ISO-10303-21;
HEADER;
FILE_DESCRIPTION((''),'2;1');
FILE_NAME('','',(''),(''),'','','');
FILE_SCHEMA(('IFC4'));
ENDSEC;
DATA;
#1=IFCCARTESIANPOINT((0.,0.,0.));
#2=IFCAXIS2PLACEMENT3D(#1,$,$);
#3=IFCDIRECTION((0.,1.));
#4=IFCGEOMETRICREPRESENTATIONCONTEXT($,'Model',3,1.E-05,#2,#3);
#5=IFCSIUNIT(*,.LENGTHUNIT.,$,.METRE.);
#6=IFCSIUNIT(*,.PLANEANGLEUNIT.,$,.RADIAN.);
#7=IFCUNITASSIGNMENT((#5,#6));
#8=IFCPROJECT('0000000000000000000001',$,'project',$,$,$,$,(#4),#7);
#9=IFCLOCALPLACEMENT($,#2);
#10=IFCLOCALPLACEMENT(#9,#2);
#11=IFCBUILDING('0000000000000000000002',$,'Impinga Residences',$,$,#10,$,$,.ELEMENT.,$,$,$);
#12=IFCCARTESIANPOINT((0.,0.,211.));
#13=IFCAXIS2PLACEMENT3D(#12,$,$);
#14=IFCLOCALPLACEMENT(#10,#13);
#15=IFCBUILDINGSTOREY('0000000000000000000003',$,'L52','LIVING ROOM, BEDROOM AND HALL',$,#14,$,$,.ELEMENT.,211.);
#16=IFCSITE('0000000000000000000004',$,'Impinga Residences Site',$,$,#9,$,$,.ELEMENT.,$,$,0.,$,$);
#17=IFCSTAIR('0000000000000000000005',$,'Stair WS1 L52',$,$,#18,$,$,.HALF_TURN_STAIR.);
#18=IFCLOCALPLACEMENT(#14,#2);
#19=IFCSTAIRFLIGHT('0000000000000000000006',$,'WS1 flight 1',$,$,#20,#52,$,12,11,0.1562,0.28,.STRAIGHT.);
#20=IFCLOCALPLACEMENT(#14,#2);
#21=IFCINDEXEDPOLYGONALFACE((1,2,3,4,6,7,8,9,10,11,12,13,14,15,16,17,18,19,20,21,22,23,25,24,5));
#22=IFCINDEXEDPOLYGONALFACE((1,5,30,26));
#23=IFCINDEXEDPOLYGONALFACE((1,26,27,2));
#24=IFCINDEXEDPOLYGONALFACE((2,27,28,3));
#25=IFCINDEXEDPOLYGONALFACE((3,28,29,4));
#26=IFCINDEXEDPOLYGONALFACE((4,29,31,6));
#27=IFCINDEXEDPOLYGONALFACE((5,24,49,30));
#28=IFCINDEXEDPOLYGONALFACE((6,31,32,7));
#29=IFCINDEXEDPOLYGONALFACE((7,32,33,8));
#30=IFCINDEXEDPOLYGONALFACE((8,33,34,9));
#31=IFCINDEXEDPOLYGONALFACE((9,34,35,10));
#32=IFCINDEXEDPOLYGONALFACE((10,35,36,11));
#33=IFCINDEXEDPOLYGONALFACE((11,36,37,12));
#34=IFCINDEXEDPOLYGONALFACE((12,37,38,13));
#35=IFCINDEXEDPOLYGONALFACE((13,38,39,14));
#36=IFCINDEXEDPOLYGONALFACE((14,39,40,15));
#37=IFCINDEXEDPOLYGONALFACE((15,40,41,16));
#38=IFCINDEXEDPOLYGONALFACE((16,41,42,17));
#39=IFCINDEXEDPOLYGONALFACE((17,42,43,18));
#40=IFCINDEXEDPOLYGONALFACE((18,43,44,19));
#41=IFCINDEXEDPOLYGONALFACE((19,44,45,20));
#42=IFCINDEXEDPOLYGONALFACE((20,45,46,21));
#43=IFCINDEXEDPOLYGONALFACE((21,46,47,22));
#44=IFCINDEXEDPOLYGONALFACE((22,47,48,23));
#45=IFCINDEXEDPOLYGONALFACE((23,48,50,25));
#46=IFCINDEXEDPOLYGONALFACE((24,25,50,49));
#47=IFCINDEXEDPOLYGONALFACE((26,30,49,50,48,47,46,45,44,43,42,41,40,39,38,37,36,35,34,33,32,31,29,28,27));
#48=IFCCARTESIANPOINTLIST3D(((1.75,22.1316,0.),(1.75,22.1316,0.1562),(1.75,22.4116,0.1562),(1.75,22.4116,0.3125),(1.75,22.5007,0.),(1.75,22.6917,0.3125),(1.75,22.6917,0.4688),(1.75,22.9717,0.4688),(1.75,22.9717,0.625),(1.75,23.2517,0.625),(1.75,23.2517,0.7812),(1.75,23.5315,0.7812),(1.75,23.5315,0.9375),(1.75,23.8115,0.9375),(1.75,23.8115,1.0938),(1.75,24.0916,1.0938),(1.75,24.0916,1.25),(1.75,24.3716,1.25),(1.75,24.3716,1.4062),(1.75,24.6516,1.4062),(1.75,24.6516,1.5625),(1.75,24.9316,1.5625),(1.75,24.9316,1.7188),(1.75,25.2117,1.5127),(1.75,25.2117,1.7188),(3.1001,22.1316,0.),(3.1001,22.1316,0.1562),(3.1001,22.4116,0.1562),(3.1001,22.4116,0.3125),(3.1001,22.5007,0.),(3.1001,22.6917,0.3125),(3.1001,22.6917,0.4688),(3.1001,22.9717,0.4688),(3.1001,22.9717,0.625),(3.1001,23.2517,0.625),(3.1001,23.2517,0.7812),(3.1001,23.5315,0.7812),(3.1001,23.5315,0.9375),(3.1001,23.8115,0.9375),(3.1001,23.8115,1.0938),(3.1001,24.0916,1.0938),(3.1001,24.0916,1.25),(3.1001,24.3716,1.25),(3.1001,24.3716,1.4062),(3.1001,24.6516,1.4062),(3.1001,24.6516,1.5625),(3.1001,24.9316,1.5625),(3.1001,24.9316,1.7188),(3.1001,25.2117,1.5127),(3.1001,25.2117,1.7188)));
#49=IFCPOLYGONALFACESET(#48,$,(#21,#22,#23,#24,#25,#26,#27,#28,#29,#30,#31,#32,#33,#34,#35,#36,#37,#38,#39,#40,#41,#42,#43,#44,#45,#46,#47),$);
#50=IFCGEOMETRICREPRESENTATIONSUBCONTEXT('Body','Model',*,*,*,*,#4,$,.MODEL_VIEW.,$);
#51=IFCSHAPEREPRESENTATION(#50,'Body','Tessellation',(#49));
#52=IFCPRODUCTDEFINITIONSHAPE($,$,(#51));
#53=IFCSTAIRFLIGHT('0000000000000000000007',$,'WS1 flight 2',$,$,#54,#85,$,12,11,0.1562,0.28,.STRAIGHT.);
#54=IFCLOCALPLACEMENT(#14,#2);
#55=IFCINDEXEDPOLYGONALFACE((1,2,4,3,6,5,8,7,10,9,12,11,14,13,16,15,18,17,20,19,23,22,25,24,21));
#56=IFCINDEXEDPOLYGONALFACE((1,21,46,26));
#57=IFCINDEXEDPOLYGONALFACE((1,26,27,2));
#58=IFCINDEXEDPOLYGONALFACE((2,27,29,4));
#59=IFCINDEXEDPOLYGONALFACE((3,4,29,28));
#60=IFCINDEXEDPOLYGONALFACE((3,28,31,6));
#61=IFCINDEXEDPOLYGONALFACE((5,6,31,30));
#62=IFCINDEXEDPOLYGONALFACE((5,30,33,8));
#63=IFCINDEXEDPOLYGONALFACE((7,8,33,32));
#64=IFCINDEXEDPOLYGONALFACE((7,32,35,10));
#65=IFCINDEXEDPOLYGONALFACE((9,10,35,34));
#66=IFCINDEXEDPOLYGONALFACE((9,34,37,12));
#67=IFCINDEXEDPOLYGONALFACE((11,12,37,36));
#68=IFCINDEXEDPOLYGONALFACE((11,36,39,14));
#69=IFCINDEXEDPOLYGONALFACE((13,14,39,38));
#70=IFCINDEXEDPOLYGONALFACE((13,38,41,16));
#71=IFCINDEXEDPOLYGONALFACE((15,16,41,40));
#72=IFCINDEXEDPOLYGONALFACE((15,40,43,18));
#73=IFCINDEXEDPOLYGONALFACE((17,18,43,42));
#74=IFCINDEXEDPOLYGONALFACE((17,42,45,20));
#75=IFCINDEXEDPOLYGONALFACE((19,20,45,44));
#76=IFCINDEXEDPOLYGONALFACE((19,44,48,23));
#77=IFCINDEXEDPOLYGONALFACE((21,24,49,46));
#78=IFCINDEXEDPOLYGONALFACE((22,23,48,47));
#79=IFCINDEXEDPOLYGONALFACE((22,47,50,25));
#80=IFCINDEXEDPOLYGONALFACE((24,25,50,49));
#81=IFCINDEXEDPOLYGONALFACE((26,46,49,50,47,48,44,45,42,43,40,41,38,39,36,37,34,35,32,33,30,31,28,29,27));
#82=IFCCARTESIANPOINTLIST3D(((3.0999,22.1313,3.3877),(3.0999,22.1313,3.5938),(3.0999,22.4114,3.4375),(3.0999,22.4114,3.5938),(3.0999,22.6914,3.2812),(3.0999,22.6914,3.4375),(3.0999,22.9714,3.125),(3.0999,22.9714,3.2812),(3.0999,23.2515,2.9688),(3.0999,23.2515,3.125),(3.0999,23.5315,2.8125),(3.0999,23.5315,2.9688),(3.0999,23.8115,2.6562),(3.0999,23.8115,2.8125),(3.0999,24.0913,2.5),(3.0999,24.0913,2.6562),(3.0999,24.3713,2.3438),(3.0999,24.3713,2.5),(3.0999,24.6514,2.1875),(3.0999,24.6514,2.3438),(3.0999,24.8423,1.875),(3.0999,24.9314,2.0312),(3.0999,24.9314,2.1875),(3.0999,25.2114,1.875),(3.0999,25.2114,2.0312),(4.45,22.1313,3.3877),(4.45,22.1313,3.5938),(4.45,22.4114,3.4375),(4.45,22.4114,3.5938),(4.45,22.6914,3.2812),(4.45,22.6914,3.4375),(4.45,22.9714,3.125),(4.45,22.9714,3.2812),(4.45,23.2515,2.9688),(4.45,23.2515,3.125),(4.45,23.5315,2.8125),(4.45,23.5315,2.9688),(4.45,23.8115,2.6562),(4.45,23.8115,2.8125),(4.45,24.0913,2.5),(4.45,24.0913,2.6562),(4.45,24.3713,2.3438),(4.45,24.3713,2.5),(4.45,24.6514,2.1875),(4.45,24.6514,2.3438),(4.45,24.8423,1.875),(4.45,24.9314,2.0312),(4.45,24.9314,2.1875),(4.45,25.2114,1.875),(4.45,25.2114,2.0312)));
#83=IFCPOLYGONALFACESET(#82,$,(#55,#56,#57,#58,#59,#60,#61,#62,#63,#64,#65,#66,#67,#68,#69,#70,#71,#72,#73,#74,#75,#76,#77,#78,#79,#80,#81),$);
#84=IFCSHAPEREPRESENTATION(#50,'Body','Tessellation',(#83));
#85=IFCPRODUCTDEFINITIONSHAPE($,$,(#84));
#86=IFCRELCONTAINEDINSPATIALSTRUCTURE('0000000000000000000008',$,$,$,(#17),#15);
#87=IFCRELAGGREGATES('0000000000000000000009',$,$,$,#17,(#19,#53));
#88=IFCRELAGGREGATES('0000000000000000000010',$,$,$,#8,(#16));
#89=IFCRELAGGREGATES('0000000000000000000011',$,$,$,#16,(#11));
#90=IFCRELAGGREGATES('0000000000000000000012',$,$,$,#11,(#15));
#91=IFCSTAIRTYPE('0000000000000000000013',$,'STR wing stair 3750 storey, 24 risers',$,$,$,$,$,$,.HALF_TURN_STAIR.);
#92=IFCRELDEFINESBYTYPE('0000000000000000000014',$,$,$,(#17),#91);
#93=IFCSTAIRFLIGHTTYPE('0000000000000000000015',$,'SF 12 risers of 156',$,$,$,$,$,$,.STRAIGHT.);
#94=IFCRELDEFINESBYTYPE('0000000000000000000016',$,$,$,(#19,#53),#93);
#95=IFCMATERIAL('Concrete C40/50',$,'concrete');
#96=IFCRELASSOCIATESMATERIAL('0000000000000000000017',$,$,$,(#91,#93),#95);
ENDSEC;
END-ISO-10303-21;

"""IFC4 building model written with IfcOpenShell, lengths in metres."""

from ifc_helpers import new_model, si_unit, direction, frame, origin, place, context, subcontext, project, spatial, polyline, outline, extrude, material, type_object, element, aggregate, save


model = new_model("IFC4")

# Units and contexts
model_context = context("Model", 3, precision=1e-05, world=origin(), true_north=direction((0.0, 1.0)))
body_context = subcontext(model_context, "Body", "Model", "MODEL_VIEW")
ifc_project = project(units=[si_unit("LENGTHUNIT", "METRE"), si_unit("PLANEANGLEUNIT", "RADIAN")], contexts=[model_context])

# Site, building, storey
site_placement = place(None, origin())
site = spatial("IfcSite", under=ifc_project, at=site_placement, Name="Impinga Residences Site", CompositionType="ELEMENT", RefElevation=0.0)
building_placement = place(site_placement, origin())
building = spatial("IfcBuilding", under=site, at=building_placement, Name="Impinga Residences", CompositionType="ELEMENT")
storey_placement = place(building_placement, frame((0.0, 0.0, 211.0)))
storey = spatial("IfcBuildingStorey", under=building, at=storey_placement, Name="L52", Description="LIVING ROOM, BEDROOM AND HALL", CompositionType="ELEMENT", Elevation=211.0)

# Stair, stair flights
ifc_material_1 = material(Name="Concrete C40/50", Category="concrete")
stair_type = type_object("IfcStairType", Name="STR wing stair 3750 storey, 24 risers", PredefinedType="HALF_TURN_STAIR", material=ifc_material_1)
stair_placement = place(storey_placement, origin())
stair = element("IfcStair", 1, at=stair_placement, inside=storey, type_object=stair_type, Name="Stair WS1 L52", PredefinedType="HALF_TURN_STAIR")
stair_flight_type = type_object("IfcStairFlightType", Name="SF 12 risers of 156", PredefinedType="STRAIGHT", material=ifc_material_1)
stair_flight_1_placement = place(storey_placement, frame((2.425, 22.1316, 0.0), z_axis=(0.0, 0.0, 1.0), x_axis=(0.0, 1.0, 0.0)))
stair_flight_1 = element("IfcStairFlight", 2, at=stair_flight_1_placement, type_object=stair_flight_type, Name="WS1 flight 1", NumberOfRisers=12, NumberOfTreads=11, PredefinedType="STRAIGHT", RiserHeight=0.1562, TreadLength=0.28, context=body_context, shape_type="SweptSolid", body=[
    extrude(outline(polyline([(0.0, 0.0), (0.0, 0.1562), (0.28, 0.1562), (0.28, 0.3125), (0.5601, 0.3125), (0.5601, 0.4688), (0.8401, 0.4688), (0.8401, 0.625), (1.1201, 0.625), (1.1201, 0.7812), (1.3999, 0.7812), (1.3999, 0.9375), (1.6799, 0.9375), (1.6799, 1.0938), (1.96, 1.0938), (1.96, 1.25), (2.24, 1.25), (2.24, 1.4062), (2.52, 1.4062), (2.52, 1.5625), (2.8, 1.5625), (2.8, 1.7188), (3.0801, 1.7188), (3.0801, 1.875), (3.0801, 1.5127), (0.3691, 0.0), (0.0, 0.0)])), frame((0.0, 0.675, 0.0), z_axis=(0.0, -1.0, 0.0), x_axis=(1.0, 0.0, 0.0)), (0.0, 0.0, 1.0), 1.3501),
])
stair_flight_2_placement = place(storey_placement, frame((3.7749, 25.2114, 1.875), z_axis=(0.0, 0.0, 1.0), x_axis=(0.0, -1.0, 0.0)))
stair_flight_2 = element("IfcStairFlight", 3, at=stair_flight_2_placement, type_object=stair_flight_type, Name="WS1 flight 2", NumberOfRisers=12, NumberOfTreads=11, PredefinedType="STRAIGHT", RiserHeight=0.1562, TreadLength=0.28, context=body_context, shape_type="SweptSolid", body=[
    extrude(outline(polyline([(0.0, 0.0), (0.0, 0.1562), (0.28, 0.1562), (0.28, 0.3125), (0.5601, 0.3125), (0.5601, 0.4688), (0.8401, 0.4688), (0.8401, 0.625), (1.1201, 0.625), (1.1201, 0.7812), (1.3999, 0.7812), (1.3999, 0.9375), (1.6799, 0.9375), (1.6799, 1.0938), (1.96, 1.0938), (1.96, 1.25), (2.24, 1.25), (2.24, 1.4062), (2.52, 1.4062), (2.52, 1.5625), (2.8, 1.5625), (2.8, 1.7188), (3.0801, 1.7188), (3.0801, 1.875), (3.0801, 1.5127), (0.3691, 0.0), (0.0, 0.0)])), frame((0.0, 0.675, 0.0), z_axis=(0.0, -1.0, 0.0), x_axis=(1.0, 0.0, 0.0)), (0.0, 0.0, 1.0), 1.3501),
])
aggregate(stair, [stair_flight_1, stair_flight_2])

save(model, "model.ifc")
